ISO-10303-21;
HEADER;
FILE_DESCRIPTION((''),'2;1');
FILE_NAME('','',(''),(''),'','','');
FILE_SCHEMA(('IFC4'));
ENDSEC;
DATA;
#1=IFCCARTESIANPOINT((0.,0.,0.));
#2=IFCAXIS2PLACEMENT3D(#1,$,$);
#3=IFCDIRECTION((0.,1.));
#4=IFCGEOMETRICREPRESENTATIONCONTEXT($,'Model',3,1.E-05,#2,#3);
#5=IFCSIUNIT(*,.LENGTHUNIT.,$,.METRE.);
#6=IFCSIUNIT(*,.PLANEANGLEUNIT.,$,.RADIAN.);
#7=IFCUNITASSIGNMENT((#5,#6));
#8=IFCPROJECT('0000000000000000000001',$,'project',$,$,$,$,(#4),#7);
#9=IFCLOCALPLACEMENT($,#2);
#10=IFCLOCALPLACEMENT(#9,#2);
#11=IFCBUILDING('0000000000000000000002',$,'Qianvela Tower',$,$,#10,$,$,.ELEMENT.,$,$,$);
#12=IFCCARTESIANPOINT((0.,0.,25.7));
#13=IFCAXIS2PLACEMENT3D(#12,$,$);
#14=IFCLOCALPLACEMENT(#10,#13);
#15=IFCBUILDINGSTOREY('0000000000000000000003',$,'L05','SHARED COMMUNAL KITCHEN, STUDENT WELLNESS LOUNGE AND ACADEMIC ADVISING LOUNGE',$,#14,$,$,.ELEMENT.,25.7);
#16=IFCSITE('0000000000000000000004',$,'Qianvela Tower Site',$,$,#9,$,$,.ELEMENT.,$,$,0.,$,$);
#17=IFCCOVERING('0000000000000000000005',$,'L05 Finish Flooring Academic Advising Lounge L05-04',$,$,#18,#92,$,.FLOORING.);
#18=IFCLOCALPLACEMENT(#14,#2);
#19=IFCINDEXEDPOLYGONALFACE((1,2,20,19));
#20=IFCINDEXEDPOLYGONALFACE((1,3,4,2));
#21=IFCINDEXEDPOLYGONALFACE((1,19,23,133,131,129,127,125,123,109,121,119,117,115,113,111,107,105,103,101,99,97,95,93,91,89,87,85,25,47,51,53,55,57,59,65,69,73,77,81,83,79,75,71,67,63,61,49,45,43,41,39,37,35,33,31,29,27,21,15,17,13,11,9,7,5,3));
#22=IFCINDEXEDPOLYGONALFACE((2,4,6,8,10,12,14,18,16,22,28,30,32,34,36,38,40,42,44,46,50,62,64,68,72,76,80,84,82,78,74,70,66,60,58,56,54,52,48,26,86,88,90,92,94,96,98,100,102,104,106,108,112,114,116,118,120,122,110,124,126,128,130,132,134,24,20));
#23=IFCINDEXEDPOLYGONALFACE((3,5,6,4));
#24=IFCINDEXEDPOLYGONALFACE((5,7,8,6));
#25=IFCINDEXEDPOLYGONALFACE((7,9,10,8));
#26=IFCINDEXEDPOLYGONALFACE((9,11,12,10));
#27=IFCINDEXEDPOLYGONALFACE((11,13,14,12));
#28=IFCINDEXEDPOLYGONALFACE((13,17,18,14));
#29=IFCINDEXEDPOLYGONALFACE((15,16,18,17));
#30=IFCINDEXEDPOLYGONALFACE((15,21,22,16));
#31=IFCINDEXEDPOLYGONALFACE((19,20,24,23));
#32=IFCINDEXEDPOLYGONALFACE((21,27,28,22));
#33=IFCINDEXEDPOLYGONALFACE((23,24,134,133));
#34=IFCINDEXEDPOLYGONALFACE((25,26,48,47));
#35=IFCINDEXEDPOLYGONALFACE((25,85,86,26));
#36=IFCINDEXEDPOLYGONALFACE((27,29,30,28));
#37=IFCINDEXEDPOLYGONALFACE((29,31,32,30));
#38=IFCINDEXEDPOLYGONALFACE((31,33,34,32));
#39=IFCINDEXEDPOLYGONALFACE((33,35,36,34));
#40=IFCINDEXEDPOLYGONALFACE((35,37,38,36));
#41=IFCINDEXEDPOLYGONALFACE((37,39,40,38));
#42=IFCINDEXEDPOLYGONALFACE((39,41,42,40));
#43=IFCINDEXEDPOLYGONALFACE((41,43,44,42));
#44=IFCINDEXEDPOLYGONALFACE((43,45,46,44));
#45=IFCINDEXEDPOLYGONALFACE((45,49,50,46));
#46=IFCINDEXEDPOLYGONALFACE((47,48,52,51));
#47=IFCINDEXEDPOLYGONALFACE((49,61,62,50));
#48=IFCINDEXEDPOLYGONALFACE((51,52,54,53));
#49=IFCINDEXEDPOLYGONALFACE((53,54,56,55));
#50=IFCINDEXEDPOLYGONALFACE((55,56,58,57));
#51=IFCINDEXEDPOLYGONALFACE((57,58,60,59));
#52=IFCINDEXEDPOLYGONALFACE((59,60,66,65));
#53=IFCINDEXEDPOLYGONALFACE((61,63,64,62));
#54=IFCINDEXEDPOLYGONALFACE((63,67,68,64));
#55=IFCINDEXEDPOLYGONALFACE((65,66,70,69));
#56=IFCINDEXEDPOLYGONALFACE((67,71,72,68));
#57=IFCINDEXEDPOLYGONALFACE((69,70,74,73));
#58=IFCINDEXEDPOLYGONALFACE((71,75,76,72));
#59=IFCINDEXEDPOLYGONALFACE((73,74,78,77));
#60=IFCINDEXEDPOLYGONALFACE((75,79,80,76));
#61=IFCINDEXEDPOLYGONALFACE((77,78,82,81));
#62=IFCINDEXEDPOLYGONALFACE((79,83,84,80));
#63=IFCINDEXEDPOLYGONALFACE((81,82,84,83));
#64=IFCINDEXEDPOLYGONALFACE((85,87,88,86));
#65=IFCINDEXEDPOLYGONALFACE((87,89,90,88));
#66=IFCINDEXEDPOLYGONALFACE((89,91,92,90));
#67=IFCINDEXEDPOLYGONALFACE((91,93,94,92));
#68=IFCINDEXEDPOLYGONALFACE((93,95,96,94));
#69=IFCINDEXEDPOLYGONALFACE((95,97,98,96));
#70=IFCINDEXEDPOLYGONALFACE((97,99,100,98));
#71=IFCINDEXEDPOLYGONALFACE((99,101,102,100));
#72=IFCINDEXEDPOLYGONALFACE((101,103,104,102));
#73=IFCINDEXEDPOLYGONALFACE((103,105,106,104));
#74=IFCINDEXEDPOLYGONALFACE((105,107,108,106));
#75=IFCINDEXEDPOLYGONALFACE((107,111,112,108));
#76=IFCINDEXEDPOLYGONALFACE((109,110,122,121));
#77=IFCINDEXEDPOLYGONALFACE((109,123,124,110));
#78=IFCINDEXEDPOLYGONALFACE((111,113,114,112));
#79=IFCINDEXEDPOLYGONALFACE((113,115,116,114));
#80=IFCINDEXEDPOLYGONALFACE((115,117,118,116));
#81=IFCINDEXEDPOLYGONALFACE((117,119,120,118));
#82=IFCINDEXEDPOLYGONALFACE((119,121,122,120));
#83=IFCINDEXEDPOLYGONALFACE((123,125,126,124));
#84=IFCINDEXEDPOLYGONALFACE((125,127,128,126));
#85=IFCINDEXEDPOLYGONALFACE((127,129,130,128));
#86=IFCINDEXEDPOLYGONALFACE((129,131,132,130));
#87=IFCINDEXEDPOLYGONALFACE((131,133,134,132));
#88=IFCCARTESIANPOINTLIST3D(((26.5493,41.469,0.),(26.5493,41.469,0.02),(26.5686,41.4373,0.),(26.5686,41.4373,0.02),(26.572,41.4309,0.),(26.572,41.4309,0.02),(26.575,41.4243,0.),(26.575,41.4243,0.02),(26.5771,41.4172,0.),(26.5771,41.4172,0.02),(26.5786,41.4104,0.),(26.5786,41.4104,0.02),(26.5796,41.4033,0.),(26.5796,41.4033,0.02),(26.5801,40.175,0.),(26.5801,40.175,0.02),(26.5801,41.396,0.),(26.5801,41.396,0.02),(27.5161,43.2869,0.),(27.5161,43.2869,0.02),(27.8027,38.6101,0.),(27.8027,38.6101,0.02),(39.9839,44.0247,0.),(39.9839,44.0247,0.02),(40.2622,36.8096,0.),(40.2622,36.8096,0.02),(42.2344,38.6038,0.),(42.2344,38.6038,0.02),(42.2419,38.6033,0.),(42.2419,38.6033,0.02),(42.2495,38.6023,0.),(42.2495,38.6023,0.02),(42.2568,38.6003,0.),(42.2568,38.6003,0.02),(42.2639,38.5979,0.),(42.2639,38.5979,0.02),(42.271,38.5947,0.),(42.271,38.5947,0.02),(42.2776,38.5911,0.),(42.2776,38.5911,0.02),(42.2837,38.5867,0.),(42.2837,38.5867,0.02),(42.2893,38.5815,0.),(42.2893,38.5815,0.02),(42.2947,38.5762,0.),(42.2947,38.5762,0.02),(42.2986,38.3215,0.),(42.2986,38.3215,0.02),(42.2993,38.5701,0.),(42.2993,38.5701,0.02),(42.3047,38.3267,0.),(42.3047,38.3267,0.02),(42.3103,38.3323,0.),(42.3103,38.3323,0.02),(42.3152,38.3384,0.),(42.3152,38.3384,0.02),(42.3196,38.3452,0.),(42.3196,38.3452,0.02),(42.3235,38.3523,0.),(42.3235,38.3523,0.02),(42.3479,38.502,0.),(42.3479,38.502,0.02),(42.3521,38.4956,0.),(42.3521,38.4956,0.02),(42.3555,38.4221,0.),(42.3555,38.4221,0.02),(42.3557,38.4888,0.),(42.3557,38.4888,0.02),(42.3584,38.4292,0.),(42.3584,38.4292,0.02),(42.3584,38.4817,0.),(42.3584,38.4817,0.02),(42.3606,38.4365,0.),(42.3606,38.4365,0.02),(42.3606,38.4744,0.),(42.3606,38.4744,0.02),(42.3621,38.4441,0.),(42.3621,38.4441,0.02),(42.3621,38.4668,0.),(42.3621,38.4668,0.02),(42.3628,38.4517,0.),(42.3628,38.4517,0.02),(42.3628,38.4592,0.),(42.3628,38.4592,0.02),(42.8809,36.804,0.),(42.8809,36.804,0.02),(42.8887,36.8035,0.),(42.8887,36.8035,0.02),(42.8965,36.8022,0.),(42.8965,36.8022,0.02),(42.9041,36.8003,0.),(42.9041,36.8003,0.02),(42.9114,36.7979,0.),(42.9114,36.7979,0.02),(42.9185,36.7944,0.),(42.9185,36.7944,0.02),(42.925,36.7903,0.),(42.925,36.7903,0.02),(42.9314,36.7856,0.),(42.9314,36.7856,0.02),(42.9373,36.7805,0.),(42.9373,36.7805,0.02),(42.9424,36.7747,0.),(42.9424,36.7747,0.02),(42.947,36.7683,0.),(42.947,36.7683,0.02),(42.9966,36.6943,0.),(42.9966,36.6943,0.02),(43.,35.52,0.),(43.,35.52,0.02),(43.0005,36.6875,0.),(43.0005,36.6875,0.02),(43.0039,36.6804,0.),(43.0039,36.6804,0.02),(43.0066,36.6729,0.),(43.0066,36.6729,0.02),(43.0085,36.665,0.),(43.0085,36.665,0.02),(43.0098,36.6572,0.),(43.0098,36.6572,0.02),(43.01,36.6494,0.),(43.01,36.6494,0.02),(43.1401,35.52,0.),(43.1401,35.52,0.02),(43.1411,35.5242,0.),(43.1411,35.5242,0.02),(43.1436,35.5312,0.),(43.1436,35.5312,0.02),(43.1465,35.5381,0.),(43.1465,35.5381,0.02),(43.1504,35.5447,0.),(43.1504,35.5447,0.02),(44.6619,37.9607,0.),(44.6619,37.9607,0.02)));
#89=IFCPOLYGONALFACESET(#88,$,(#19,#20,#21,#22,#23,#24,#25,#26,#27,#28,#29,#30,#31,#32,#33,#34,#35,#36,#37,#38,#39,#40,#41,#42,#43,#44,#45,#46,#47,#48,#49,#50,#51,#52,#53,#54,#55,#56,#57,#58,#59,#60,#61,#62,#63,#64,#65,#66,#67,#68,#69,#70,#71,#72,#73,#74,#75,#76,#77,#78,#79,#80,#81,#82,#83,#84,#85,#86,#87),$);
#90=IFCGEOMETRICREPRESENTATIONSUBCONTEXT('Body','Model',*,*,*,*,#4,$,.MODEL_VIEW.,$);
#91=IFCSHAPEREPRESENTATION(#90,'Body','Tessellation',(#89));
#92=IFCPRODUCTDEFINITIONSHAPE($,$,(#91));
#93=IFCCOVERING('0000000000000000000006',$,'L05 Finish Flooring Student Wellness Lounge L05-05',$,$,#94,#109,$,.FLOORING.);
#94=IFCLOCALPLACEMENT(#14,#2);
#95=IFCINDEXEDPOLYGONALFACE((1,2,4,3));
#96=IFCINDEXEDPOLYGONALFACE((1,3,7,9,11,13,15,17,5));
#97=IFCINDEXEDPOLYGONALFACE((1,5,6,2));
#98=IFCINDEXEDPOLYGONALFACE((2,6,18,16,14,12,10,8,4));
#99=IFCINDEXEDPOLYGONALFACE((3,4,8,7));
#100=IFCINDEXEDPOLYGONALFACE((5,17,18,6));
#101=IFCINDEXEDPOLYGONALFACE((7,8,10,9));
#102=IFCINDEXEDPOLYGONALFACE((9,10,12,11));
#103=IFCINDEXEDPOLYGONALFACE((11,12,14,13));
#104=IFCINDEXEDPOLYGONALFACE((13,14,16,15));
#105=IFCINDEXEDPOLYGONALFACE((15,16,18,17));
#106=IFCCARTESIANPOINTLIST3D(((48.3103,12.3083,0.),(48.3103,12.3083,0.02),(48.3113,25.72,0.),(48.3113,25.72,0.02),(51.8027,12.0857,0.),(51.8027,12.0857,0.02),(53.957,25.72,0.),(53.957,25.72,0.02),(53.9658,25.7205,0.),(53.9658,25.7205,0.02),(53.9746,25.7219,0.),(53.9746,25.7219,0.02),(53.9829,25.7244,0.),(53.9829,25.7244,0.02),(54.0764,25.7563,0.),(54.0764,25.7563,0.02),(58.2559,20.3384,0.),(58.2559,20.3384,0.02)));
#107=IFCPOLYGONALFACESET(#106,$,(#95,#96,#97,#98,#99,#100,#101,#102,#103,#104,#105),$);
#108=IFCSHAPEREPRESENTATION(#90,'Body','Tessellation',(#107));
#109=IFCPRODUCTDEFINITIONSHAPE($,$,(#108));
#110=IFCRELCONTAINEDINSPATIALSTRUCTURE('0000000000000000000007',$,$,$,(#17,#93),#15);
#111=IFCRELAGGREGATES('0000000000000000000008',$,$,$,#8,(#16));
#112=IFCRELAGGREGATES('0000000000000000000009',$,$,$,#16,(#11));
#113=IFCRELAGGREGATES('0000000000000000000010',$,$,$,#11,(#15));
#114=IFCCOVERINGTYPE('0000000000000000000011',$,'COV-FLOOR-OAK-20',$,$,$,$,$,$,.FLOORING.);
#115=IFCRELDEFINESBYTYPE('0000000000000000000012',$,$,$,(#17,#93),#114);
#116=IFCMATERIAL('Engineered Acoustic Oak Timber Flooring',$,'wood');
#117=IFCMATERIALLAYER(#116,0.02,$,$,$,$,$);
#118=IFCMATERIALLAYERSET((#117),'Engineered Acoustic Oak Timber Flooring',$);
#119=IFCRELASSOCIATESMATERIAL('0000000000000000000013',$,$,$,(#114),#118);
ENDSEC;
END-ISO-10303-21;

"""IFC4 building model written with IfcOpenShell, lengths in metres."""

from ifc_helpers import new_model, si_unit, direction, frame, origin, place, context, subcontext, project, spatial, polyline, outline, extrude, material, layer, layer_set, type_object, element, save


model = new_model("IFC4")

# Units and contexts
model_context = context("Model", 3, precision=1e-05, world=origin(), true_north=direction((0.0, 1.0)))
body_context = subcontext(model_context, "Body", "Model", "MODEL_VIEW")
ifc_project = project(units=[si_unit("LENGTHUNIT", "METRE"), si_unit("PLANEANGLEUNIT", "RADIAN")], contexts=[model_context])

# Site, building, storey
site_placement = place(None, origin())
site = spatial("IfcSite", under=ifc_project, at=site_placement, Name="Qianvela Tower Site", CompositionType="ELEMENT", RefElevation=0.0)
building_placement = place(site_placement, origin())
building = spatial("IfcBuilding", under=site, at=building_placement, Name="Qianvela Tower", CompositionType="ELEMENT")
storey_placement = place(building_placement, frame((0.0, 0.0, 25.7)))
storey = spatial("IfcBuildingStorey", under=building, at=storey_placement, Name="L05", Description="SHARED COMMUNAL KITCHEN, STUDENT WELLNESS LOUNGE AND ACADEMIC ADVISING LOUNGE", CompositionType="ELEMENT", Elevation=25.7)

# Coverings
ifc_material_1 = material(Name="Engineered Acoustic Oak Timber Flooring", Category="wood")
ifc_layer_1 = layer(ifc_material_1, 0.02)
ifc_layer_set_1 = layer_set([ifc_layer_1], Name="Engineered Acoustic Oak Timber Flooring")
covering_type_1 = type_object("IfcCoveringType", Name="COV-FLOOR-OAK-20", PredefinedType="FLOORING", material=ifc_layer_set_1)
covering_1_placement = place(storey_placement, origin())
element("IfcCovering", 1, at=covering_1_placement, inside=storey, type_object=covering_type_1, Name="L05 Finish Flooring Academic Advising Lounge L05-04", PredefinedType="FLOORING", context=body_context, shape_type="SweptSolid", body=[
    extrude(outline(polyline([(43.01, 36.6494), (43.0098, 36.6572), (43.0085, 36.665), (43.0066, 36.6729), (43.0039, 36.6804), (43.0005, 36.6875), (42.9966, 36.6943), (42.947, 36.7683), (42.9424, 36.7747), (42.9373, 36.7805), (42.9314, 36.7856), (42.925, 36.7903), (42.9185, 36.7944), (42.9114, 36.7979), (42.9041, 36.8003), (42.8965, 36.8022), (42.8887, 36.8035), (42.8809, 36.804), (40.2622, 36.8096), (42.2986, 38.3215), (42.3047, 38.3267), (42.3103, 38.3323), (42.3152, 38.3384), (42.3196, 38.3452), (42.3235, 38.3523), (42.3555, 38.4221), (42.3584, 38.4292), (42.3606, 38.4365), (42.3621, 38.4441), (42.3628, 38.4517), (42.3628, 38.4592), (42.3621, 38.4668), (42.3606, 38.4744), (42.3584, 38.4817), (42.3557, 38.4888), (42.3521, 38.4956), (42.3479, 38.502), (42.2993, 38.5701), (42.2947, 38.5762), (42.2893, 38.5815), (42.2837, 38.5867), (42.2776, 38.5911), (42.271, 38.5947), (42.2639, 38.5979), (42.2568, 38.6003), (42.2495, 38.6023), (42.2419, 38.6033), (42.2344, 38.6038), (27.8027, 38.6101), (26.5801, 40.175), (26.5801, 41.396), (26.5796, 41.4033), (26.5786, 41.4104), (26.5771, 41.4172), (26.575, 41.4243), (26.572, 41.4309), (26.5686, 41.4373), (26.5493, 41.469), (27.5161, 43.2869), (39.9839, 44.0247), (44.6619, 37.9607), (43.1504, 35.5447), (43.1465, 35.5381), (43.1436, 35.5312), (43.1411, 35.5242), (43.1401, 35.52), (43.0, 35.52), (43.01, 36.6494)])), origin(), (0.0, 0.0, 1.0), 0.02),
])
covering_2_placement = place(storey_placement, origin())
element("IfcCovering", 2, at=covering_2_placement, inside=storey, type_object=covering_type_1, Name="L05 Finish Flooring Student Wellness Lounge L05-05", PredefinedType="FLOORING", context=body_context, shape_type="SweptSolid", body=[
    extrude(outline(polyline([(58.2559, 20.3384), (51.8027, 12.0857), (48.3103, 12.3083), (48.3113, 25.72), (53.957, 25.72), (53.9658, 25.7205), (53.9746, 25.7219), (53.9829, 25.7244), (54.0764, 25.7563), (58.2559, 20.3384)])), origin(), (0.0, 0.0, 1.0), 0.02),
])

save(model, "model.ifc")
